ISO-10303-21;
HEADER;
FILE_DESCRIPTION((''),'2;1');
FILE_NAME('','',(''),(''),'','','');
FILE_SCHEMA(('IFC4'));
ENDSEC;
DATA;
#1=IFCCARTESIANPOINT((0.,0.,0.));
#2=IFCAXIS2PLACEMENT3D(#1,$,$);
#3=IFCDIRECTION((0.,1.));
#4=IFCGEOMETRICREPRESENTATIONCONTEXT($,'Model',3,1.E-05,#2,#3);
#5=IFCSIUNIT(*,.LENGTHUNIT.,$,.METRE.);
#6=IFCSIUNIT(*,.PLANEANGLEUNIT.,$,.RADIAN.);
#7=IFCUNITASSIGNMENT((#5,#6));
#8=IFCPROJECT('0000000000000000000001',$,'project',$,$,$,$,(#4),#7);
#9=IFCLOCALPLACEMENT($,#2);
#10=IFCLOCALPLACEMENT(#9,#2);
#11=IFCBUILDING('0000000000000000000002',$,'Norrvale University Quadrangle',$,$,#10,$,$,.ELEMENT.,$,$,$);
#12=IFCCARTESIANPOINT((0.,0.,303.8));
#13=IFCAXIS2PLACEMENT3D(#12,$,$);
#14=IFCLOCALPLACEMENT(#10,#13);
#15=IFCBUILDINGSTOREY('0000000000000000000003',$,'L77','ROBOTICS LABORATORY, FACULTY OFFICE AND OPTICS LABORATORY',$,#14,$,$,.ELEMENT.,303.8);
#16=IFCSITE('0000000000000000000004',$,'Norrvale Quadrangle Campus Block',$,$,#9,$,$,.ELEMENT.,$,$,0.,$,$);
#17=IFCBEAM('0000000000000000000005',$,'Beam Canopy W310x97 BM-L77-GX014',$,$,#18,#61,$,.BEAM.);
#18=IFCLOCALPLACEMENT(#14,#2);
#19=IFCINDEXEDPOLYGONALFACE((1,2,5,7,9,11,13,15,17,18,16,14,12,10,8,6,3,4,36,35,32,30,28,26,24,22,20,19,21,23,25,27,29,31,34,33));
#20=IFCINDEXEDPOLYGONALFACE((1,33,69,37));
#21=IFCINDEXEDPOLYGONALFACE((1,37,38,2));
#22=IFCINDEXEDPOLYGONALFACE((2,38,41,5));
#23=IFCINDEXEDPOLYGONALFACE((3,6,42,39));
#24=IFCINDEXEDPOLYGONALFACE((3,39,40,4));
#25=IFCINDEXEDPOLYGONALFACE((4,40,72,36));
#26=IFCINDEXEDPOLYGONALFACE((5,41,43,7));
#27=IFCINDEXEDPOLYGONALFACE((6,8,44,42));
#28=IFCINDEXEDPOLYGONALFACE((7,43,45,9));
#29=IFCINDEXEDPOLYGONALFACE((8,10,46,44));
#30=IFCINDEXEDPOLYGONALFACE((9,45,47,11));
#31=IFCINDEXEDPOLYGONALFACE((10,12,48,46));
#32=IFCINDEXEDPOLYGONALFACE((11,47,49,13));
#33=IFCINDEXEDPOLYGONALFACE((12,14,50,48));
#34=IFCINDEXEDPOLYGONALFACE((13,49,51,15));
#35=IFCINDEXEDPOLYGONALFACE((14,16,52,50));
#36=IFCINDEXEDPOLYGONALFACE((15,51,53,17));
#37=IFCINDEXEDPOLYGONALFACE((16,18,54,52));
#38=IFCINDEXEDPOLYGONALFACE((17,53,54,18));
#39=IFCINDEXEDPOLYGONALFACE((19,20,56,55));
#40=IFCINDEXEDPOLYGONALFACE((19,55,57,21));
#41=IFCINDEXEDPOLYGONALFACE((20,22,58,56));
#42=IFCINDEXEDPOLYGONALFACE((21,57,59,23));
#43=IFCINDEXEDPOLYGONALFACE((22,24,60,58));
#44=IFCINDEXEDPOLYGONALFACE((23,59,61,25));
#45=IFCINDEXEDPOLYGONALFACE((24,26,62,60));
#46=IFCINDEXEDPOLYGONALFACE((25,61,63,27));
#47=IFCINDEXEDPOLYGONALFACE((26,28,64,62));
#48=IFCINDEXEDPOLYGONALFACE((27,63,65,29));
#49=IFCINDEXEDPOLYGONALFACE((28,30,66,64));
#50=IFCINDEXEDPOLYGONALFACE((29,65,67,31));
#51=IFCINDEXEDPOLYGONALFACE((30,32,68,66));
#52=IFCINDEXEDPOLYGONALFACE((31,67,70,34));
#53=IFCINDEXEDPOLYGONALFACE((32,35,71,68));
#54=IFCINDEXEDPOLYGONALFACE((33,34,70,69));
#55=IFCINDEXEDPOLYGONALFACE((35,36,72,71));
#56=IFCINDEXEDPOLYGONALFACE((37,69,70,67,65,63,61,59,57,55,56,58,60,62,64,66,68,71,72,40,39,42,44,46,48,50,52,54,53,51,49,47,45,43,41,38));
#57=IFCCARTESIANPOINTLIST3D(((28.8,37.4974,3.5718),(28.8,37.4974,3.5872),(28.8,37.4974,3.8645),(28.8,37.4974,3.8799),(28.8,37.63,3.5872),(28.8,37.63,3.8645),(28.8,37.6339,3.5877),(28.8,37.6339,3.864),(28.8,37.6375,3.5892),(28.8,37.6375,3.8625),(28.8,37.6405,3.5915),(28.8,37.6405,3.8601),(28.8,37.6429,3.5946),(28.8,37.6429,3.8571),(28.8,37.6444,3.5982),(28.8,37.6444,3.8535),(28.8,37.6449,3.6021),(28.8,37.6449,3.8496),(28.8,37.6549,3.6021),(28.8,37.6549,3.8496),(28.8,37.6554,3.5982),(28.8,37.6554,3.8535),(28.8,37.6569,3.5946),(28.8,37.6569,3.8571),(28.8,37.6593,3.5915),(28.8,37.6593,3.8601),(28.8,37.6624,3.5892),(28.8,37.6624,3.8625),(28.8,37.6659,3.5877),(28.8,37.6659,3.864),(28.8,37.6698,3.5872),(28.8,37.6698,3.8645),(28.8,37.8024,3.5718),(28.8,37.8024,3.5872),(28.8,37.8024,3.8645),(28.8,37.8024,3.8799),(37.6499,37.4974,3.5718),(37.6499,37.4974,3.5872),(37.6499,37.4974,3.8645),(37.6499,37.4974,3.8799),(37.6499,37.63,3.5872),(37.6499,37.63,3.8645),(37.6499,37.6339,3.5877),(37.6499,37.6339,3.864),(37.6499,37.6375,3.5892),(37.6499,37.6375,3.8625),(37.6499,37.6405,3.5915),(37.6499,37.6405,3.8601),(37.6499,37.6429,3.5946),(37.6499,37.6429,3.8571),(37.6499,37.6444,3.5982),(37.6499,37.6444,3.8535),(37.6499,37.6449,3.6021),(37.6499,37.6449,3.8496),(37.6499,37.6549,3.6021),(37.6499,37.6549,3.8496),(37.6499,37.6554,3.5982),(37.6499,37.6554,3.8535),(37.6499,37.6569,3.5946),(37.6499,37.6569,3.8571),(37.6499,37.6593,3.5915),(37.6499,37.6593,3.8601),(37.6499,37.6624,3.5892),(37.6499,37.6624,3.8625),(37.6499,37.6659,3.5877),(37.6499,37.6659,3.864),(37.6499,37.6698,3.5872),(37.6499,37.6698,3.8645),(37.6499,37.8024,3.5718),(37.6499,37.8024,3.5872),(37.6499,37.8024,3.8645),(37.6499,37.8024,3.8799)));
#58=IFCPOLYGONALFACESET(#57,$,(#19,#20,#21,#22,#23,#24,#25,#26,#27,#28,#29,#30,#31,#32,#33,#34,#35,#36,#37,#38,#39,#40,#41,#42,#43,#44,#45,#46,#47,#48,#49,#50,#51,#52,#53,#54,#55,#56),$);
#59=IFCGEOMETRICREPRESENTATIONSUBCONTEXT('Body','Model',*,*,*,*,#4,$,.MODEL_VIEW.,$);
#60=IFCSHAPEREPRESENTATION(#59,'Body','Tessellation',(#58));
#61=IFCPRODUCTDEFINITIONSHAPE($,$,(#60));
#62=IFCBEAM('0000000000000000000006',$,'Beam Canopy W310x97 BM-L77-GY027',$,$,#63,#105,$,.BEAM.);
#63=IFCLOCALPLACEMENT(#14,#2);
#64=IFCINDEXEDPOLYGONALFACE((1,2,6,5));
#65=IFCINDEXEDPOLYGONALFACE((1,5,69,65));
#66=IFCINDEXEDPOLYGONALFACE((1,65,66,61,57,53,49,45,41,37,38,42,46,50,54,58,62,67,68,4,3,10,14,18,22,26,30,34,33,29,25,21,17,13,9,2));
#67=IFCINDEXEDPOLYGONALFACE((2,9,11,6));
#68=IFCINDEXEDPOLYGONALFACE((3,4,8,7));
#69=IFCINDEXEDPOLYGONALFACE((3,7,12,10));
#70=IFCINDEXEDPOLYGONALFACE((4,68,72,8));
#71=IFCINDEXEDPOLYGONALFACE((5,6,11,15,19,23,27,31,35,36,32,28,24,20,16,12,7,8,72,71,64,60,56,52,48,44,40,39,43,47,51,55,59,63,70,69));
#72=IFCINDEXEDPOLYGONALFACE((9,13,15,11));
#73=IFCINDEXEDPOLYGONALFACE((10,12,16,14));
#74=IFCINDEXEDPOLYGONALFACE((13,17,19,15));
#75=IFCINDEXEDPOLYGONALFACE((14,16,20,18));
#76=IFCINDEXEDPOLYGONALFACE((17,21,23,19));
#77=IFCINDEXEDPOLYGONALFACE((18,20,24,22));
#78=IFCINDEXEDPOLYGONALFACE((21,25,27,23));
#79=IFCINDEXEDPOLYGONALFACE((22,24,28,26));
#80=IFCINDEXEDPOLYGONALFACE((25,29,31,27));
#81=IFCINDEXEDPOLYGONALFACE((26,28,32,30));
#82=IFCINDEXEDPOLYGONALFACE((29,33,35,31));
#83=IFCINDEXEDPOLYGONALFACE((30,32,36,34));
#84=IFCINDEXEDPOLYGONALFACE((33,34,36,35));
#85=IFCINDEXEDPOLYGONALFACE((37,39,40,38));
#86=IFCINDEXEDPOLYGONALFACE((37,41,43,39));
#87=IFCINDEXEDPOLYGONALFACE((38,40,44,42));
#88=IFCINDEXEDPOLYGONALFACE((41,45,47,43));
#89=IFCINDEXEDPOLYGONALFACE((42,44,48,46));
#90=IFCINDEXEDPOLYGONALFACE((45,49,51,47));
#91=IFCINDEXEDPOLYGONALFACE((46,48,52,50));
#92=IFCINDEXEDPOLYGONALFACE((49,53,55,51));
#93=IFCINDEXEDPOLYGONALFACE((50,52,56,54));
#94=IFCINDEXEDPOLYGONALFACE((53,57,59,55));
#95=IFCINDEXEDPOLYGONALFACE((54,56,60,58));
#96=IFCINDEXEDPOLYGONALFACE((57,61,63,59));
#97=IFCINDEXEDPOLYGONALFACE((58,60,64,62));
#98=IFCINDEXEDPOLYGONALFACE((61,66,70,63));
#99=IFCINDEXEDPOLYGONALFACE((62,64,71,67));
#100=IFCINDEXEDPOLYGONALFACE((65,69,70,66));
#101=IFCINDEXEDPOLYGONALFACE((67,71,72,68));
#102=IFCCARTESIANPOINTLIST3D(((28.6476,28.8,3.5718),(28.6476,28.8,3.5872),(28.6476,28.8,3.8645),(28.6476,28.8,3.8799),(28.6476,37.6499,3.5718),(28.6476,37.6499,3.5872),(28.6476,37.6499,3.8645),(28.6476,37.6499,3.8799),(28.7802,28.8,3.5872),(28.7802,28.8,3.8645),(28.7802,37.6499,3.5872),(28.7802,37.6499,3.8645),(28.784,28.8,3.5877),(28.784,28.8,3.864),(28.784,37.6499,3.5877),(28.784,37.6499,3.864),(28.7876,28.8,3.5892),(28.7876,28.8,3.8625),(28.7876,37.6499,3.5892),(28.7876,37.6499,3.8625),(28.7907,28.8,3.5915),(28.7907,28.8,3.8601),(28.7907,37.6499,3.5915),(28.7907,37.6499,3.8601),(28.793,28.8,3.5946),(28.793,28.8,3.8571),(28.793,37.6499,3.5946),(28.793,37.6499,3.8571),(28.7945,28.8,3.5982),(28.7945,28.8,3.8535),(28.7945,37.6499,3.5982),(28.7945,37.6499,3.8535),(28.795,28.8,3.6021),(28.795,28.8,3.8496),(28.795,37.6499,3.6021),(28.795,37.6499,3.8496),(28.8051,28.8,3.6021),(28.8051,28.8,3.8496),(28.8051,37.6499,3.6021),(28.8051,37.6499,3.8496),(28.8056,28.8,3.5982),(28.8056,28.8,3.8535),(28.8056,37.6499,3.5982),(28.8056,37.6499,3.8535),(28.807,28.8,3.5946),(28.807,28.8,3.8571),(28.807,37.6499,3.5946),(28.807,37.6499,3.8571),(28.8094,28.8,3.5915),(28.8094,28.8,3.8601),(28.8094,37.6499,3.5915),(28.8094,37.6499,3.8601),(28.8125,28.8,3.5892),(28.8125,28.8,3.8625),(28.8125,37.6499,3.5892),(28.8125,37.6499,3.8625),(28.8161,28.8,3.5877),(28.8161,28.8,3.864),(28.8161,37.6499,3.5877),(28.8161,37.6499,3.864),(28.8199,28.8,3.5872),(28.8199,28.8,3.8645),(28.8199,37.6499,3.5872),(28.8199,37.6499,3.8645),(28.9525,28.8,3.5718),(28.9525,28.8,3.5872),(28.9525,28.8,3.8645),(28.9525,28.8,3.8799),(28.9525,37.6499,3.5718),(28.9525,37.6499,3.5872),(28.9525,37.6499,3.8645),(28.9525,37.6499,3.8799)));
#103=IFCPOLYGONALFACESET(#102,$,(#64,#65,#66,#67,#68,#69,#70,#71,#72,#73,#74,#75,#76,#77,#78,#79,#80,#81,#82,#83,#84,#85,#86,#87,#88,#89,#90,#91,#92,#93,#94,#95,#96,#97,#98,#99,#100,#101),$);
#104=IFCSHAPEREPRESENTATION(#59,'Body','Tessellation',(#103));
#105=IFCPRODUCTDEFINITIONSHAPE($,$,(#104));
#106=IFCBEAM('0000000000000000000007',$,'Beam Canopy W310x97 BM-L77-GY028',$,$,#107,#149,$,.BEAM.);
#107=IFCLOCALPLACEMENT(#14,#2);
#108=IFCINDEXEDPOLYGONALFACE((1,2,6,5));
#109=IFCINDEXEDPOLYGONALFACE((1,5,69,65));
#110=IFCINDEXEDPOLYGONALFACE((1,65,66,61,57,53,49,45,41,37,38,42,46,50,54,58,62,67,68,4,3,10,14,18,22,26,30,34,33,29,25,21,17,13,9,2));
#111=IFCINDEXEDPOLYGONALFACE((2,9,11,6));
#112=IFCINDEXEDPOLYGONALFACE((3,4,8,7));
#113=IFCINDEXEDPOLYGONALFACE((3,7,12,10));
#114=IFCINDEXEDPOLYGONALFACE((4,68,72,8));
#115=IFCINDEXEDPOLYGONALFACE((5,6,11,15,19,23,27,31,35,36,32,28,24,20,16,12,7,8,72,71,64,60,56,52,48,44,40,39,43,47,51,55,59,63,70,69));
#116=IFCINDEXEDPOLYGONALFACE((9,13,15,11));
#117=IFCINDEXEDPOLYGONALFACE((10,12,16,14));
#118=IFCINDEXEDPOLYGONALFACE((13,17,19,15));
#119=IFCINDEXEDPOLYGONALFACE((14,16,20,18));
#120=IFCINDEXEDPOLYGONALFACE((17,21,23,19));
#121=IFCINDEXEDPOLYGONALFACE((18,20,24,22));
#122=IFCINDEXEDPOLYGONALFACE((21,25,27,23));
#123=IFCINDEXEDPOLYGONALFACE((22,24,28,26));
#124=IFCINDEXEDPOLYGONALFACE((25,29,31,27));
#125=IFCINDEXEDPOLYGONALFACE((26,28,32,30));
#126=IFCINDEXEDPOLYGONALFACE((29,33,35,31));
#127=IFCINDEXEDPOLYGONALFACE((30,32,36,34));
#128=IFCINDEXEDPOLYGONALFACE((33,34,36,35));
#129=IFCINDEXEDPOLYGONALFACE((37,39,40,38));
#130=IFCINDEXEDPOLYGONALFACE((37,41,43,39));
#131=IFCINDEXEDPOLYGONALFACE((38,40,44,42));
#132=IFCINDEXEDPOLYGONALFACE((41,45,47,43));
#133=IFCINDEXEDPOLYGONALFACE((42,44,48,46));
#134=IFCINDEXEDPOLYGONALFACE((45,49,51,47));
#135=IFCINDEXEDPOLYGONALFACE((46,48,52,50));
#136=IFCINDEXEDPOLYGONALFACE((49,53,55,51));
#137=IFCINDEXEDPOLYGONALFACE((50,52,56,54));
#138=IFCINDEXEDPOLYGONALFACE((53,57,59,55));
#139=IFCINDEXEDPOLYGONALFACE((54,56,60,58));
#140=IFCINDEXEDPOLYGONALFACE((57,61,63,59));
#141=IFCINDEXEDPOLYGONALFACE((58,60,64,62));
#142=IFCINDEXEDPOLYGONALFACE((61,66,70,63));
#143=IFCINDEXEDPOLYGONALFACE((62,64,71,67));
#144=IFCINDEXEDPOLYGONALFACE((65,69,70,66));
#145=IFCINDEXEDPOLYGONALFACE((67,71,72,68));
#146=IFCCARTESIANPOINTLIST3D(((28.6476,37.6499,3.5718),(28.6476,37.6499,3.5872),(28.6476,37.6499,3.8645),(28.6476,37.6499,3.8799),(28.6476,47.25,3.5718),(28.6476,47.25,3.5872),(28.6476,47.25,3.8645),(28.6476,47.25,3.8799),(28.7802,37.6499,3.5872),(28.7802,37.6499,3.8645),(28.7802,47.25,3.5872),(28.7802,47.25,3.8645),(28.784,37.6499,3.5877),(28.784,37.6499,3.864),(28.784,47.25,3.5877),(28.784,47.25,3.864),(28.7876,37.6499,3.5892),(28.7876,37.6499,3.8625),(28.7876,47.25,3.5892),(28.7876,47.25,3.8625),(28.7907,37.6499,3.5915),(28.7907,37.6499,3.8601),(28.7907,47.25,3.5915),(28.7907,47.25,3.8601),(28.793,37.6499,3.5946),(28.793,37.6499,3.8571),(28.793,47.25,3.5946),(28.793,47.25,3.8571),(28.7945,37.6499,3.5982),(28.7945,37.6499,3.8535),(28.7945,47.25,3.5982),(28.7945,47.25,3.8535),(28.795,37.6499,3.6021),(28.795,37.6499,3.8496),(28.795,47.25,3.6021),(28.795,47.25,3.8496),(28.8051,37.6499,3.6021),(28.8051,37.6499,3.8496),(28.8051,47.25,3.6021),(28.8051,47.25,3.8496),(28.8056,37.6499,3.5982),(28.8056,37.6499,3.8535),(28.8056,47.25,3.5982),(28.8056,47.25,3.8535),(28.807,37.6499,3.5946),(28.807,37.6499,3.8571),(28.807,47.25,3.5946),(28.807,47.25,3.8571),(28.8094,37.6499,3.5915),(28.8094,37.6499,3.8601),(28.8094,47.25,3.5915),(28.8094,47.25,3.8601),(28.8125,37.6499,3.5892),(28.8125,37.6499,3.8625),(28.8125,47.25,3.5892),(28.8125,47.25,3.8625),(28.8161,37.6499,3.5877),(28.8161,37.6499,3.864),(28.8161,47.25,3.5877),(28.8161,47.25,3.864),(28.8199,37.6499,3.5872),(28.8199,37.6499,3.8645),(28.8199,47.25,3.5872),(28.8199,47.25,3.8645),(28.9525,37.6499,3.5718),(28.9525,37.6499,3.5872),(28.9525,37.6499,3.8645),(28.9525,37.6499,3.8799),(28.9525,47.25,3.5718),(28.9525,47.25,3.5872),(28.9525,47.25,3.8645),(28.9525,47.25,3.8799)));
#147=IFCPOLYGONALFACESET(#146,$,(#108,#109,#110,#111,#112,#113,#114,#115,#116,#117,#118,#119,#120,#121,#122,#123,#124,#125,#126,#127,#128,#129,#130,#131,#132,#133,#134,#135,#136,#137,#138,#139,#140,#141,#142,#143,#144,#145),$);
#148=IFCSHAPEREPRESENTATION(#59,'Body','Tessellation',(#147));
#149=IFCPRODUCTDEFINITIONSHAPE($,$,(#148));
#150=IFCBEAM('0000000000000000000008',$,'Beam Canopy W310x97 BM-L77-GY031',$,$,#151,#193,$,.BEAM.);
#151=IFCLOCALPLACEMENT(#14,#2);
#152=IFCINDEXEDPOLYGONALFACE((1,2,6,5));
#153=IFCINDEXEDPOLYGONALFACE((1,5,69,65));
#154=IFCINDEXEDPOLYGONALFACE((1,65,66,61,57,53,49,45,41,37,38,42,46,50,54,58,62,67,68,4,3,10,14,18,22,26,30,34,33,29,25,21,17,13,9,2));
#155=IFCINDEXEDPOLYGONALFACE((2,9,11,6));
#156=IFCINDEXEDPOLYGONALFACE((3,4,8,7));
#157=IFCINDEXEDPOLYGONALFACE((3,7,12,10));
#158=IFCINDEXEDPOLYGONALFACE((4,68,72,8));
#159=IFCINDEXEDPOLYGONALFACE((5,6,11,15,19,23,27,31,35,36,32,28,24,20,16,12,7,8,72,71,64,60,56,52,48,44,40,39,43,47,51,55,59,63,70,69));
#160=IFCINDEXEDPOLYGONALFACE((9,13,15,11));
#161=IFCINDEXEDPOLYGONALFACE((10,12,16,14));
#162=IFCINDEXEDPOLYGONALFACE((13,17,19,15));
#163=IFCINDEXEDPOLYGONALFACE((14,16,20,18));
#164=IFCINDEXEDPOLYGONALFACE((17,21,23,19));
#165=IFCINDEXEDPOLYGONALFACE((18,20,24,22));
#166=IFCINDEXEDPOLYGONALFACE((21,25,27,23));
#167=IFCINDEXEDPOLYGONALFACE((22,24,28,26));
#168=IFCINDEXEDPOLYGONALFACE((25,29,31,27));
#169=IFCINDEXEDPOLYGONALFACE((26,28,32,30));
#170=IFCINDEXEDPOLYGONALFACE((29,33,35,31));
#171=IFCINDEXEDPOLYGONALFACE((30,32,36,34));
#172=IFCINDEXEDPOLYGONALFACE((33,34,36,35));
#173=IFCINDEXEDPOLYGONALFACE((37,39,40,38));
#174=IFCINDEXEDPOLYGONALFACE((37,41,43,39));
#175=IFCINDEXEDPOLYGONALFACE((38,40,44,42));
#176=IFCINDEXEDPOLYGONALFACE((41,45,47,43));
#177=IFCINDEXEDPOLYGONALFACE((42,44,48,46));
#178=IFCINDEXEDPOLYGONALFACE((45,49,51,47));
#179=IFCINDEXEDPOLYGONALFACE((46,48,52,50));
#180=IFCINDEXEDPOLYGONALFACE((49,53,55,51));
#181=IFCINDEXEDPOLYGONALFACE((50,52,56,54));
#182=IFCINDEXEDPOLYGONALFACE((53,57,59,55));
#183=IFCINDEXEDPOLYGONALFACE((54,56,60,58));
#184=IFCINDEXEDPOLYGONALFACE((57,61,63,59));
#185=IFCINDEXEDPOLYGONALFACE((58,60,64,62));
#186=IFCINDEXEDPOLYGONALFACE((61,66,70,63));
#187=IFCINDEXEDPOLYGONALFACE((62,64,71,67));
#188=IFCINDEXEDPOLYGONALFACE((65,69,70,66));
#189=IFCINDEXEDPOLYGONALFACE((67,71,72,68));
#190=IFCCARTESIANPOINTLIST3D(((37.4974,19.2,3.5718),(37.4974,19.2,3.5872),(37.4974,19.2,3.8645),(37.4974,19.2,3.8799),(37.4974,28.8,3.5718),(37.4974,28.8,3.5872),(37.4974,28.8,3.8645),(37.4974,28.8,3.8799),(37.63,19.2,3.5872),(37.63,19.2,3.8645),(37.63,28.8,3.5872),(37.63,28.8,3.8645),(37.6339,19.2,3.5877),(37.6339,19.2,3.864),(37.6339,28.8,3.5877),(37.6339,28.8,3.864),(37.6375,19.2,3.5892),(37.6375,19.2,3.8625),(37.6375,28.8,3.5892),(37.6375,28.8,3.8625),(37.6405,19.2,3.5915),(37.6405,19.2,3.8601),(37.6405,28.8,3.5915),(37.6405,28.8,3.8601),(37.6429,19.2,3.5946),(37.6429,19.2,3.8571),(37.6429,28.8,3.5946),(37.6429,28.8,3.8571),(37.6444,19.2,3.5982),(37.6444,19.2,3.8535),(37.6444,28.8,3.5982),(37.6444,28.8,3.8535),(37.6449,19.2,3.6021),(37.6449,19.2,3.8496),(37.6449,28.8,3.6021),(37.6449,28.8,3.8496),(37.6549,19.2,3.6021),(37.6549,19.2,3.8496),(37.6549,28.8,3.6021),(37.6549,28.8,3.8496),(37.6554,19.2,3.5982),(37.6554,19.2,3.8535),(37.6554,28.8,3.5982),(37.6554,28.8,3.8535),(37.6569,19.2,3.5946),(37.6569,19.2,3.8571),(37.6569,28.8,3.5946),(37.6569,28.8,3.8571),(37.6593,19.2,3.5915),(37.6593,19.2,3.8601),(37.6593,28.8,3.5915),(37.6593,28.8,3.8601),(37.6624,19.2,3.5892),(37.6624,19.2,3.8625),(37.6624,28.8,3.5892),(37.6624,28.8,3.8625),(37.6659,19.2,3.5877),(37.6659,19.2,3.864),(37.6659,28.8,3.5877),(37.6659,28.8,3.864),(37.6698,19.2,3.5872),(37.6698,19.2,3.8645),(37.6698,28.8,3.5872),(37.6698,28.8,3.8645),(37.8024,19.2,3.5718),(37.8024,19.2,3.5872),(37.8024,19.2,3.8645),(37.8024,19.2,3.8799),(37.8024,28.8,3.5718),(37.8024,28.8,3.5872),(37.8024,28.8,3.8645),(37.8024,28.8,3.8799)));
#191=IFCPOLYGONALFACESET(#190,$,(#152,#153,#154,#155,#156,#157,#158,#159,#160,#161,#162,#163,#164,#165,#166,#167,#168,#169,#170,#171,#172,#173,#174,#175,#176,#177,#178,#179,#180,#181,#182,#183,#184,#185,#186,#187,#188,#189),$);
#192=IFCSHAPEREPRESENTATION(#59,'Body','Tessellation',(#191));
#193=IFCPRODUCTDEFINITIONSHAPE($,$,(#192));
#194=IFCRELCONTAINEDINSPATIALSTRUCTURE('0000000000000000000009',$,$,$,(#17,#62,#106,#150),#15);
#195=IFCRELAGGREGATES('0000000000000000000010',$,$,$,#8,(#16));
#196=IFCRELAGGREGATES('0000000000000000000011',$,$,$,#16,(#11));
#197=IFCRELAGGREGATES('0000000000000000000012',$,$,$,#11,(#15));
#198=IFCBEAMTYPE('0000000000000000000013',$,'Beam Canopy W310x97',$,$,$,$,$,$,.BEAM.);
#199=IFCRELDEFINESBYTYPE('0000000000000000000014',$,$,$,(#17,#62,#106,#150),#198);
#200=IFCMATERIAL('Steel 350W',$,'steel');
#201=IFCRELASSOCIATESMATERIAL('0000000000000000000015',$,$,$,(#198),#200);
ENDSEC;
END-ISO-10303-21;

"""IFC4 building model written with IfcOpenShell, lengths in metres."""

from ifc_helpers import new_model, si_unit, direction, frame, origin, origin_2d, place, context, subcontext, project, spatial, i_section, extrude, material, material_profile, profile_set, type_object, element, save


model = new_model("IFC4")

# Units and contexts
model_context = context("Model", 3, precision=1e-05, world=origin(), true_north=direction((0.0, 1.0)))
body_context = subcontext(model_context, "Body", "Model", "MODEL_VIEW")
ifc_project = project(units=[si_unit("LENGTHUNIT", "METRE"), si_unit("PLANEANGLEUNIT", "RADIAN")], contexts=[model_context])

# Site, building, storey
site_placement = place(None, origin())
site = spatial("IfcSite", under=ifc_project, at=site_placement, Name="Norrvale Quadrangle Campus Block", CompositionType="ELEMENT", RefElevation=0.0)
building_placement = place(site_placement, origin())
building = spatial("IfcBuilding", under=site, at=building_placement, Name="Norrvale University Quadrangle", CompositionType="ELEMENT")
storey_placement = place(building_placement, frame((0.0, 0.0, 303.8)))
storey = spatial("IfcBuildingStorey", under=building, at=storey_placement, Name="L77", Description="ROBOTICS LABORATORY, FACULTY OFFICE AND OPTICS LABORATORY", CompositionType="ELEMENT", Elevation=303.8)

# Beams
ifc_material_1 = material(Name="Steel 350W", Category="steel")
ifc_material_profile_1 = material_profile(ifc_material_1, i_section(OverallWidth=0.3049, OverallDepth=0.3081, WebThickness=0.01, FlangeThickness=0.0154, FilletRadius=0.0149, at=origin_2d()), Name="Steel 350W")
ifc_profile_set_1 = profile_set([ifc_material_profile_1], Name="Steel 350W")
beam_type_1 = type_object("IfcBeamType", Name="Beam Canopy W310x97", PredefinedType="BEAM", material=ifc_profile_set_1)
for number, where, z_axis, x_axis, name in (
    (1, (28.8, 37.6499, 3.7258), (1.0, 0.0, 0.0), (0.0, 1.0, 0.0), "Beam Canopy W310x97 BM-L77-GX014"),
    (2, (28.8, 28.8, 3.7258), (0.0, 1.0, 0.0), (-1.0, 0.0, 0.0), "Beam Canopy W310x97 BM-L77-GY027"),
):
    element("IfcBeam", number, at=place(storey_placement, frame(where, z_axis=z_axis, x_axis=x_axis)), inside=storey, type_object=beam_type_1, Name=name, PredefinedType="BEAM", context=body_context, shape_type="SweptSolid", body=[
        extrude(i_section(OverallWidth=0.3049, OverallDepth=0.3081, WebThickness=0.01, FlangeThickness=0.0154, FilletRadius=0.0149, at=origin_2d()), origin(), (0.0, 0.0, 1.0), 8.8499),
    ])
for number, where, z_axis, x_axis, name in (
    (3, (28.8, 37.6499, 3.7258), (0.0, 1.0, 0.0), (-1.0, 0.0, 0.0), "Beam Canopy W310x97 BM-L77-GY028"),
    (4, (37.6499, 19.2, 3.7258), (0.0, 1.0, 0.0), (-1.0, 0.0, 0.0), "Beam Canopy W310x97 BM-L77-GY031"),
):
    element("IfcBeam", number, at=place(storey_placement, frame(where, z_axis=z_axis, x_axis=x_axis)), inside=storey, type_object=beam_type_1, Name=name, PredefinedType="BEAM", context=body_context, shape_type="SweptSolid", body=[
        extrude(i_section(OverallWidth=0.3049, OverallDepth=0.3081, WebThickness=0.01, FlangeThickness=0.0154, FilletRadius=0.0149, at=origin_2d()), origin(), (0.0, 0.0, 1.0), 9.6001),
    ])

save(model, "model.ifc")
